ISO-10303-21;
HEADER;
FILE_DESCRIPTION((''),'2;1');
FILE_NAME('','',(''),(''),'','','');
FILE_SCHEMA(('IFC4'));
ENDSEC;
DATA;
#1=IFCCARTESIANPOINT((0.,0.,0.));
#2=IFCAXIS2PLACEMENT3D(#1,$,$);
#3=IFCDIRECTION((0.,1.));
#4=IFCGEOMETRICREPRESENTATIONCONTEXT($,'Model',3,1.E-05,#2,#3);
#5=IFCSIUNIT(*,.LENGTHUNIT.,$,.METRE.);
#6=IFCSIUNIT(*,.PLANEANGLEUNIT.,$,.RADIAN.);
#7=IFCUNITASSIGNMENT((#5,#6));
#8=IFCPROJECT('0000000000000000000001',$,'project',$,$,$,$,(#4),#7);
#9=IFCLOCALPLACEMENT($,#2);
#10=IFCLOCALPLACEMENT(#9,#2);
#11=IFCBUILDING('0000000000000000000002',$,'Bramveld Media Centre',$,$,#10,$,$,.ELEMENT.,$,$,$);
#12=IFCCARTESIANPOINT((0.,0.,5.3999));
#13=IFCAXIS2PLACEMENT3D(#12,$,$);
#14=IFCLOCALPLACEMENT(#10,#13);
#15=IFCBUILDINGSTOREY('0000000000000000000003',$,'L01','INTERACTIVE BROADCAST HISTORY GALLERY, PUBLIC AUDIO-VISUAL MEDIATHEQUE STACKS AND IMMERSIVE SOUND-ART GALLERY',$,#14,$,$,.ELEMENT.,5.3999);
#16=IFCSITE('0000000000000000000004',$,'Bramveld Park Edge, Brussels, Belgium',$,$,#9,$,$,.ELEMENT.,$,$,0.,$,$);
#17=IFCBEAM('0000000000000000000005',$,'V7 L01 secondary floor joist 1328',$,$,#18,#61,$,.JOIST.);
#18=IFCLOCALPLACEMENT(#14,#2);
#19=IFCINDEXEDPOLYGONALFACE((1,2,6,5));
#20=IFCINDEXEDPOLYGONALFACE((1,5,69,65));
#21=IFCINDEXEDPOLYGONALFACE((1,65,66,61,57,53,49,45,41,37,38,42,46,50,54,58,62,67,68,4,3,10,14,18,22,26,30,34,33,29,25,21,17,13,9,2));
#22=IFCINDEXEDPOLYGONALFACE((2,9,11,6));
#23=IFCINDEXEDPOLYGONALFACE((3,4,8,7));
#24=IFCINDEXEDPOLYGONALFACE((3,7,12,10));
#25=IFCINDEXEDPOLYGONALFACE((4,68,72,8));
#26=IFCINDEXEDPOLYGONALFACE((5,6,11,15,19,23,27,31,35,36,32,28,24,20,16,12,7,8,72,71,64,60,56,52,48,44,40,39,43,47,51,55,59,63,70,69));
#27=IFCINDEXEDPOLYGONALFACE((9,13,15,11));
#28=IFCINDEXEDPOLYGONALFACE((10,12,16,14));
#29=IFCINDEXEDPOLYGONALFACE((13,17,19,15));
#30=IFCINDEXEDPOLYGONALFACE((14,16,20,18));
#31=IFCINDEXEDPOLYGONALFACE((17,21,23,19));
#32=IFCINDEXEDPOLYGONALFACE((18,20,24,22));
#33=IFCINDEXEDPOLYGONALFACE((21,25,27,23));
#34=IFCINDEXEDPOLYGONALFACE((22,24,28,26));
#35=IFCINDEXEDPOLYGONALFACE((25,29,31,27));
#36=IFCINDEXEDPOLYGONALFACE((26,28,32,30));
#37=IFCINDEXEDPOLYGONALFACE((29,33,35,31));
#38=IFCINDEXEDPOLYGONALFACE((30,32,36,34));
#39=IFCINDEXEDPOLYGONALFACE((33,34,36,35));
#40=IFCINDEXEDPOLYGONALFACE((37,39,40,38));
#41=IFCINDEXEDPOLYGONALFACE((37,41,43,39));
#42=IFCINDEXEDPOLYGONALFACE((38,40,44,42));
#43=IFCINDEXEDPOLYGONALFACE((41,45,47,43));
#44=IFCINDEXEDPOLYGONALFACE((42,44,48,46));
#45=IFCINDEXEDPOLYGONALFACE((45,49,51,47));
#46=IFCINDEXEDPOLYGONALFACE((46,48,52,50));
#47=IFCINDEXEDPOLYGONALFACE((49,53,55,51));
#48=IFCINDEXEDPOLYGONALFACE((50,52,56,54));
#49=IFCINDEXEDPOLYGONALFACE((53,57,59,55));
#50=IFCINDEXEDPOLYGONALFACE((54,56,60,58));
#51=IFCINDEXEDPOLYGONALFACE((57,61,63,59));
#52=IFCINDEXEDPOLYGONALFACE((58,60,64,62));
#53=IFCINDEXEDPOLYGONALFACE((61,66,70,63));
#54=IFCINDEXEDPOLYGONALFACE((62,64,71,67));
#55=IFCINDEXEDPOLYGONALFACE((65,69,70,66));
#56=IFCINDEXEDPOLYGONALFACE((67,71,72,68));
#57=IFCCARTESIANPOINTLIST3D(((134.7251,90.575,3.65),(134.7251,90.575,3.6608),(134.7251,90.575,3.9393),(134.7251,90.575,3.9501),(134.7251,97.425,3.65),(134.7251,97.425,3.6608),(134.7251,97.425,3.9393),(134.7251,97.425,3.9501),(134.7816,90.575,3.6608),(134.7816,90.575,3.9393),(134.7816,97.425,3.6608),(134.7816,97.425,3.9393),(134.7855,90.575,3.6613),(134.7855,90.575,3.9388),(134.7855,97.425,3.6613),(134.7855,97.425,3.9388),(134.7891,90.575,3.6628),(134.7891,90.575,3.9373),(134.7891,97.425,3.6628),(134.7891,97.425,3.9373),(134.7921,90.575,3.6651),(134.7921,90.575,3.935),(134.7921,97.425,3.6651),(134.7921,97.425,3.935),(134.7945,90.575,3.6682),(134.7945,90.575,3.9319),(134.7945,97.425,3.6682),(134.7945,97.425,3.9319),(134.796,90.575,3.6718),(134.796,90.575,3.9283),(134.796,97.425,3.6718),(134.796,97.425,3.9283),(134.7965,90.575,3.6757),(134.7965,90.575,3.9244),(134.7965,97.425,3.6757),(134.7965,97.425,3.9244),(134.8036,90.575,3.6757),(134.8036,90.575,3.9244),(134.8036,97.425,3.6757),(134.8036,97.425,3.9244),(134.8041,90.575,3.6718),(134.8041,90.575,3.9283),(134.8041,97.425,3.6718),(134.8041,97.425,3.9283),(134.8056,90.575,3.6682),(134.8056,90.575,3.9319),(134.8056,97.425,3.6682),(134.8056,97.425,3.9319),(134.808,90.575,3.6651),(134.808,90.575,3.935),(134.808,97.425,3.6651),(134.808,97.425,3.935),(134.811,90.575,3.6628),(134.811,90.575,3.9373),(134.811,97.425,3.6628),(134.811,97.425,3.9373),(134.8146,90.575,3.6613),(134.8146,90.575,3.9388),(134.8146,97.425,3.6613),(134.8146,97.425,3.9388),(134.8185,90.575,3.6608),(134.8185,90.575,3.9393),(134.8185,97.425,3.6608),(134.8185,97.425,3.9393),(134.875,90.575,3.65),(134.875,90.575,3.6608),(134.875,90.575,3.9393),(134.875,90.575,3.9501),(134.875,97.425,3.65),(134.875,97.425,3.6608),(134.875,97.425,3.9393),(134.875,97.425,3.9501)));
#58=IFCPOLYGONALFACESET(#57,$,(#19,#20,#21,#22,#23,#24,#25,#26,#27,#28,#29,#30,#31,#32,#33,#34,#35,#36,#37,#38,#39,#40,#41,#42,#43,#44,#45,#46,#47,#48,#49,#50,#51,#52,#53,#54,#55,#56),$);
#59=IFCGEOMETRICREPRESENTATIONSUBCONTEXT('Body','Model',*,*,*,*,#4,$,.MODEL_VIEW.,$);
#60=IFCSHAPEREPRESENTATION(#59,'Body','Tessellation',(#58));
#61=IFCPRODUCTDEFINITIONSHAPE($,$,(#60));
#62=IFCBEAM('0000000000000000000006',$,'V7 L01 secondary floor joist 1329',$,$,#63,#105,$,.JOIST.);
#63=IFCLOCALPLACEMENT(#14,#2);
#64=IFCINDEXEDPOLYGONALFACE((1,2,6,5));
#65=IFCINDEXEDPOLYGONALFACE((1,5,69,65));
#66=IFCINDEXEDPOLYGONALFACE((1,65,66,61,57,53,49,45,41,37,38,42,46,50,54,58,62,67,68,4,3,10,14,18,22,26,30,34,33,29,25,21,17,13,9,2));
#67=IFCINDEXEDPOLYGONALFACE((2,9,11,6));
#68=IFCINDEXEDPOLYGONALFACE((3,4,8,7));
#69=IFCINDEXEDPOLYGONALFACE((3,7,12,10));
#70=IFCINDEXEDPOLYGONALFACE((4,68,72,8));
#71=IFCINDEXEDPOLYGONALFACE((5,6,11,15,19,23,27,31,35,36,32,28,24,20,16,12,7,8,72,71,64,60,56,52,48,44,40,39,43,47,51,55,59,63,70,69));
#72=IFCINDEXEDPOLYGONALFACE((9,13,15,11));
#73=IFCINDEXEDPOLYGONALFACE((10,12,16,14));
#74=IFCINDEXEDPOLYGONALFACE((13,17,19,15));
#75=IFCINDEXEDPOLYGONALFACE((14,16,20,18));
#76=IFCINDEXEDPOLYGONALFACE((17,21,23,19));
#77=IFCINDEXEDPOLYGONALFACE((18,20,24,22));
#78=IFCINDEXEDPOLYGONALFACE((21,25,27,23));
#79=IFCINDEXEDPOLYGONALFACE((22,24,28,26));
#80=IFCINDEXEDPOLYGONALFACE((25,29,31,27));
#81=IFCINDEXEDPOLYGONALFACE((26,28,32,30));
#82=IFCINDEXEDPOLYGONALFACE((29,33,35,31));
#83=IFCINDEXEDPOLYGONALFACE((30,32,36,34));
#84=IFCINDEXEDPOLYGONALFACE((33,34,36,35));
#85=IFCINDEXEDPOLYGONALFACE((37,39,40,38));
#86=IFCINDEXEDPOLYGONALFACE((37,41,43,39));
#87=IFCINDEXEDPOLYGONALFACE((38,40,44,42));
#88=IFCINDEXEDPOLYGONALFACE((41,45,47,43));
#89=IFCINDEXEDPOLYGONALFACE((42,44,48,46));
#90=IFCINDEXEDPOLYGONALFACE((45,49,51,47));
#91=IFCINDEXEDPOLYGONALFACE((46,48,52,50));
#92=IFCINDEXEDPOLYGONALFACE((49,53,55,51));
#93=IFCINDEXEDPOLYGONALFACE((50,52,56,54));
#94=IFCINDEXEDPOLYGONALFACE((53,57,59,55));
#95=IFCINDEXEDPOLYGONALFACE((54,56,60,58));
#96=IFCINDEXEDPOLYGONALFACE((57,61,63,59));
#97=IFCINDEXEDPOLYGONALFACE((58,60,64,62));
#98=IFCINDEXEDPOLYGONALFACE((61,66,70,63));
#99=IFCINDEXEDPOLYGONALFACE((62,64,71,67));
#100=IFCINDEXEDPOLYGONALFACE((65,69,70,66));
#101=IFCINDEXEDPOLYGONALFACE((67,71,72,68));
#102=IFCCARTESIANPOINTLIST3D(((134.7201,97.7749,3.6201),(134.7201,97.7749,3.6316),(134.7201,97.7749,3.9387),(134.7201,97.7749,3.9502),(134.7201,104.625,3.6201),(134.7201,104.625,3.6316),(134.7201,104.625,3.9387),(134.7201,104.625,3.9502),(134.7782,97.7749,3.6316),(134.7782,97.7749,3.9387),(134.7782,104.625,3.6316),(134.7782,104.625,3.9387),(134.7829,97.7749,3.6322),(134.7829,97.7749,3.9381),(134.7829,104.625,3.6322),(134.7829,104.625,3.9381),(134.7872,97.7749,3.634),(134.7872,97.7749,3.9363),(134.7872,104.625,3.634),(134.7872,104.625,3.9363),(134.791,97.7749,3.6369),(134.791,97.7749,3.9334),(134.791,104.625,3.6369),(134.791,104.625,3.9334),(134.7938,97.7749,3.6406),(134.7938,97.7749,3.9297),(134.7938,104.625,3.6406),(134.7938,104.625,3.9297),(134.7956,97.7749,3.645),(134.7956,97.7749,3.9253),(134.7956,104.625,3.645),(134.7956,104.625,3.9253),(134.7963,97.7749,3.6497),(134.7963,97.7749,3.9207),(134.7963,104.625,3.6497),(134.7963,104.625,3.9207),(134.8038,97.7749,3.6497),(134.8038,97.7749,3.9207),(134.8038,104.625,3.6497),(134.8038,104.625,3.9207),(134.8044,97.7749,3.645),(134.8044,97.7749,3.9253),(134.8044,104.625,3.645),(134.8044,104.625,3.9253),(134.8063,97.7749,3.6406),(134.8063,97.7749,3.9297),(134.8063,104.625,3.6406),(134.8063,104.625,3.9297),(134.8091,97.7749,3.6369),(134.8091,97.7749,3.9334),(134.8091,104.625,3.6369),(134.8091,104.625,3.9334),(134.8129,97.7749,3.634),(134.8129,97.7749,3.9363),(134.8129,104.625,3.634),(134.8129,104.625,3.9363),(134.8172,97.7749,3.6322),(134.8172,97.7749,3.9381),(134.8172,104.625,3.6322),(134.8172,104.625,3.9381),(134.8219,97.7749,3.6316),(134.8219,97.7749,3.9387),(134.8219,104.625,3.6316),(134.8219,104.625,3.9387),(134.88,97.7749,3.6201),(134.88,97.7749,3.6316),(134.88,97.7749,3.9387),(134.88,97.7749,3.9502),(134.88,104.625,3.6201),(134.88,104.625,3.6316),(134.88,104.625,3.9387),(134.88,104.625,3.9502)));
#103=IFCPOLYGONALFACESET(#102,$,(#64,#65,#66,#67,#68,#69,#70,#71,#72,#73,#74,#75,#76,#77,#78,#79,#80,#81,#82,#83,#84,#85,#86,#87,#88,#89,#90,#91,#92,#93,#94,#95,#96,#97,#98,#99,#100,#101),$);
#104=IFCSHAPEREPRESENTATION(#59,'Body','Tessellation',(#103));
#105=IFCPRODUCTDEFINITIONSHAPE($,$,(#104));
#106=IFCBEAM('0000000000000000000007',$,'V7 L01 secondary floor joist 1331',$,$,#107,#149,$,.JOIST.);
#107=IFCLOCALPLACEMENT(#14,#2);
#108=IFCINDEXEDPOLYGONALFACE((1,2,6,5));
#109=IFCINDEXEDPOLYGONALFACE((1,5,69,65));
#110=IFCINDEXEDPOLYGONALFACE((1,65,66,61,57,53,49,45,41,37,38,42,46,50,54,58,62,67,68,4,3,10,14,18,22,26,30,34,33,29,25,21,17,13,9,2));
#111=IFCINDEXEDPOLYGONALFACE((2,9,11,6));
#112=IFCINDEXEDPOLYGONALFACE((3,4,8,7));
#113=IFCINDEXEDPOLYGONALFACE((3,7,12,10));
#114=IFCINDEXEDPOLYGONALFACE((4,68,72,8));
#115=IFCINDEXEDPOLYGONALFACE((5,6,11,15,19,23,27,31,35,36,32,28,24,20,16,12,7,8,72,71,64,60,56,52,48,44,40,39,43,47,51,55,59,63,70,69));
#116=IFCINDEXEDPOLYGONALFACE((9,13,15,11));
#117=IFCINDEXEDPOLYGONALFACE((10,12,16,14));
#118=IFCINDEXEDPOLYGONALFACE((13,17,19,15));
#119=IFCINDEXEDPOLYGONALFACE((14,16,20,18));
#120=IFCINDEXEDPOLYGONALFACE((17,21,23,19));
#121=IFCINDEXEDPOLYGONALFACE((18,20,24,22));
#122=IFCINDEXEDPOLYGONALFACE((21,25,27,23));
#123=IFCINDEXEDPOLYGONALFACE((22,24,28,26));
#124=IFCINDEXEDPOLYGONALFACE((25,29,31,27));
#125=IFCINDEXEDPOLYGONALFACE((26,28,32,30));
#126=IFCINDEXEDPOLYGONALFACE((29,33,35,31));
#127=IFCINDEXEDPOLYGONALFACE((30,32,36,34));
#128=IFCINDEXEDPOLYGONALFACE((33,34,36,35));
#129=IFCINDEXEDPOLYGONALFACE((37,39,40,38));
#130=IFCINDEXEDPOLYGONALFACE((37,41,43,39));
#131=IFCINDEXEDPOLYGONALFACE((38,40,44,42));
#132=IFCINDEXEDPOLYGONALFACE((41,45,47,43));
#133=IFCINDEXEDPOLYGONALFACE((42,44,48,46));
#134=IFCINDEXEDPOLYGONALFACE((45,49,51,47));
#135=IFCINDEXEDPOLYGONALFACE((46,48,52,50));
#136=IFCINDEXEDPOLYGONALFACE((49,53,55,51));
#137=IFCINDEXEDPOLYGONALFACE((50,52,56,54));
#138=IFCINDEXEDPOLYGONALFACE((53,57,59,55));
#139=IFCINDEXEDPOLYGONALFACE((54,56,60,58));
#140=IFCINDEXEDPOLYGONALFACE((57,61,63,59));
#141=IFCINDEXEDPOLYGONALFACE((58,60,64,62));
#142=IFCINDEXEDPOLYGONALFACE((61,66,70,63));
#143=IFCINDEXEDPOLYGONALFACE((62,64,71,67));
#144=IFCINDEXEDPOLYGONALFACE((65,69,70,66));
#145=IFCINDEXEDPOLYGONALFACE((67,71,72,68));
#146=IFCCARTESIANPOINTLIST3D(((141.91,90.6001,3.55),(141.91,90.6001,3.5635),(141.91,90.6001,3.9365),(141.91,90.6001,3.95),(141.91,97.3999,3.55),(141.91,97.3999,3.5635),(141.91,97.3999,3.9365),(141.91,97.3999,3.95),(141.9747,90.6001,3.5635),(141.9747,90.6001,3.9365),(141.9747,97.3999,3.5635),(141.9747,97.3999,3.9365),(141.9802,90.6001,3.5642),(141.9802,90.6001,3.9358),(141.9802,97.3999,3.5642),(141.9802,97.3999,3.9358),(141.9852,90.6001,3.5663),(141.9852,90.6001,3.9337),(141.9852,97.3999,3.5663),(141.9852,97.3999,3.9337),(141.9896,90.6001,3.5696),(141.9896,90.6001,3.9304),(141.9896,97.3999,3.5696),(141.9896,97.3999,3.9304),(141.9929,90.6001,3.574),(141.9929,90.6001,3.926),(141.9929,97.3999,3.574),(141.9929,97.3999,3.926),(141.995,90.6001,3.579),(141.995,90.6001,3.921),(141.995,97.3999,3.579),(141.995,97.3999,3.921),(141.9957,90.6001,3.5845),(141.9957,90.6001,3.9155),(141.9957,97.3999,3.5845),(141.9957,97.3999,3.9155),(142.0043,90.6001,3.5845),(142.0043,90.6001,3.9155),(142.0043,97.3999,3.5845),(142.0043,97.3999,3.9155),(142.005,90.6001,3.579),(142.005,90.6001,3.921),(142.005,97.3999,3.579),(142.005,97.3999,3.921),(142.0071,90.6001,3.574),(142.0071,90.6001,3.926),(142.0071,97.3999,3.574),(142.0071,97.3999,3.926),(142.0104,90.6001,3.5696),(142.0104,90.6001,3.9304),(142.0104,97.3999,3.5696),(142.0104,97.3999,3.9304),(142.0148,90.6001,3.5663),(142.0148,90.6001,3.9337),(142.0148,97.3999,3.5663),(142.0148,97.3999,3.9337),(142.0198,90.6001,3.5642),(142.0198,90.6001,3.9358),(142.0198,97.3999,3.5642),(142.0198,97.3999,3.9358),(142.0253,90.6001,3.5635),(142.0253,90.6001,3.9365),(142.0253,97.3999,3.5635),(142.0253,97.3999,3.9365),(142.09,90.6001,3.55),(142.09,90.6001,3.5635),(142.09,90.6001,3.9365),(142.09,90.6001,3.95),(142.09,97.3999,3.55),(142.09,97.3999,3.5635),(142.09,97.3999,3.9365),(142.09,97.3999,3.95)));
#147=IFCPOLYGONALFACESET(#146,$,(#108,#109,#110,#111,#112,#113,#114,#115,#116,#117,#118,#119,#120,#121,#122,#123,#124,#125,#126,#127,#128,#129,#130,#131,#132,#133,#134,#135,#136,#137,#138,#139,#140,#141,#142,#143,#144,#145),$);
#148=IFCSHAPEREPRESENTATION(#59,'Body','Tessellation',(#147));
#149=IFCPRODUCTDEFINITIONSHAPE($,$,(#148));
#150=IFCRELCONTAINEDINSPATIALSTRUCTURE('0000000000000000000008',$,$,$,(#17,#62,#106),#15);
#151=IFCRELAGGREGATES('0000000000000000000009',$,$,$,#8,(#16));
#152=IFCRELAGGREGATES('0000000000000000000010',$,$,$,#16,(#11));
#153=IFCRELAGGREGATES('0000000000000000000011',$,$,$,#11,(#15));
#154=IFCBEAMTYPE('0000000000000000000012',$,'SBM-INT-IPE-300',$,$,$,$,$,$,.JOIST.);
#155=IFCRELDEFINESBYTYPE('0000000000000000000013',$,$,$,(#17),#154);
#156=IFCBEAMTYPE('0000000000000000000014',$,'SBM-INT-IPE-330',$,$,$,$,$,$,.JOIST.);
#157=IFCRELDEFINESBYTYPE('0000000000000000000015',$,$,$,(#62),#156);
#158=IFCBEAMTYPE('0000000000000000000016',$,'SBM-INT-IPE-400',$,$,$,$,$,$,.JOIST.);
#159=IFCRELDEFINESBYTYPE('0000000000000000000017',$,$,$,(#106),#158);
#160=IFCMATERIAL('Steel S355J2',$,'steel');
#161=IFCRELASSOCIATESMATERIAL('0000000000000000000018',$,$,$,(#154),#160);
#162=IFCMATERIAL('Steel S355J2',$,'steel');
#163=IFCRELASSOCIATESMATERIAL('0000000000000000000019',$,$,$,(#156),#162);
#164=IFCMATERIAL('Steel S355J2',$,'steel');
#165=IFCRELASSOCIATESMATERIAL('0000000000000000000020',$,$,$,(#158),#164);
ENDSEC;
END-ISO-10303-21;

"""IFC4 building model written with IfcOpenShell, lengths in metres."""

from ifc_helpers import new_model, si_unit, direction, frame, origin, origin_2d, place, context, subcontext, project, spatial, i_section, extrude, material, material_profile, profile_set, type_object, element, save


model = new_model("IFC4")

# Units and contexts
model_context = context("Model", 3, precision=1e-05, world=origin(), true_north=direction((0.0, 1.0)))
body_context = subcontext(model_context, "Body", "Model", "MODEL_VIEW")
ifc_project = project(units=[si_unit("LENGTHUNIT", "METRE"), si_unit("PLANEANGLEUNIT", "RADIAN")], contexts=[model_context])

# Site, building, storey
site_placement = place(None, origin())
site = spatial("IfcSite", under=ifc_project, at=site_placement, Name="Bramveld Park Edge, Brussels, Belgium", CompositionType="ELEMENT", RefElevation=0.0)
building_placement = place(site_placement, origin())
building = spatial("IfcBuilding", under=site, at=building_placement, Name="Bramveld Media Centre", CompositionType="ELEMENT")
storey_placement = place(building_placement, frame((0.0, 0.0, 5.3999)))
storey = spatial("IfcBuildingStorey", under=building, at=storey_placement, Name="L01", Description="INTERACTIVE BROADCAST HISTORY GALLERY, PUBLIC AUDIO-VISUAL MEDIATHEQUE STACKS AND IMMERSIVE SOUND-ART GALLERY", CompositionType="ELEMENT", Elevation=5.3999)

# Beams
ifc_material_1 = material(Name="Steel S355J2", Category="steel")
ifc_material_profile_1 = material_profile(ifc_material_1, i_section(OverallWidth=0.1499, OverallDepth=0.3, WebThickness=0.0071, FlangeThickness=0.0107, FilletRadius=0.0149, at=origin_2d()), Name="IPE 300")
ifc_profile_set_1 = profile_set([ifc_material_profile_1], Name="Steel S355J2")
beam_type_1 = type_object("IfcBeamType", Name="SBM-INT-IPE-300", PredefinedType="JOIST", material=ifc_profile_set_1)
beam_1_placement = place(storey_placement, frame((134.8, 90.575, 3.8), z_axis=(0.0, 1.0, 0.0), x_axis=(-1.0, 0.0, 0.0)))
element("IfcBeam", 1, at=beam_1_placement, inside=storey, type_object=beam_type_1, Name="V7 L01 secondary floor joist 1328", PredefinedType="JOIST", context=body_context, shape_type="SweptSolid", body=[
    extrude(i_section(OverallWidth=0.1499, OverallDepth=0.3, WebThickness=0.0071, FlangeThickness=0.0107, FilletRadius=0.0149, at=origin_2d()), origin(), (0.0, 0.0, 1.0), 6.8501),
])
ifc_material_2 = material(Name="Steel S355J2", Category="steel")
ifc_material_profile_2 = material_profile(ifc_material_2, i_section(OverallWidth=0.1599, OverallDepth=0.3301, WebThickness=0.0076, FlangeThickness=0.0115, FilletRadius=0.0181, at=origin_2d()), Name="IPE 330")
ifc_profile_set_2 = profile_set([ifc_material_profile_2], Name="Steel S355J2")
beam_type_2 = type_object("IfcBeamType", Name="SBM-INT-IPE-330", PredefinedType="JOIST", material=ifc_profile_set_2)
beam_2_placement = place(storey_placement, frame((134.8, 97.7749, 3.7852), z_axis=(0.0, 1.0, 0.0), x_axis=(-1.0, 0.0, 0.0)))
element("IfcBeam", 2, at=beam_2_placement, inside=storey, type_object=beam_type_2, Name="V7 L01 secondary floor joist 1329", PredefinedType="JOIST", context=body_context, shape_type="SweptSolid", body=[
    extrude(i_section(OverallWidth=0.1599, OverallDepth=0.3301, WebThickness=0.0076, FlangeThickness=0.0115, FilletRadius=0.0181, at=origin_2d()), origin(), (0.0, 0.0, 1.0), 6.8501),
])
ifc_material_3 = material(Name="Steel S355J2", Category="steel")
ifc_material_profile_3 = material_profile(ifc_material_3, i_section(OverallWidth=0.1799, OverallDepth=0.3999, WebThickness=0.0085, FlangeThickness=0.0134, FilletRadius=0.021, at=origin_2d()), Name="IPE 400")
ifc_profile_set_3 = profile_set([ifc_material_profile_3], Name="Steel S355J2")
beam_type_3 = type_object("IfcBeamType", Name="SBM-INT-IPE-400", PredefinedType="JOIST", material=ifc_profile_set_3)
beam_3_placement = place(storey_placement, frame((142.0, 90.6001, 3.75), z_axis=(0.0, 1.0, 0.0), x_axis=(-1.0, 0.0, 0.0)))
element("IfcBeam", 3, at=beam_3_placement, inside=storey, type_object=beam_type_3, Name="V7 L01 secondary floor joist 1331", PredefinedType="JOIST", context=body_context, shape_type="SweptSolid", body=[
    extrude(i_section(OverallWidth=0.1799, OverallDepth=0.3999, WebThickness=0.0085, FlangeThickness=0.0134, FilletRadius=0.021, at=origin_2d()), origin(), (0.0, 0.0, 1.0), 6.7998),
])

save(model, "model.ifc")
